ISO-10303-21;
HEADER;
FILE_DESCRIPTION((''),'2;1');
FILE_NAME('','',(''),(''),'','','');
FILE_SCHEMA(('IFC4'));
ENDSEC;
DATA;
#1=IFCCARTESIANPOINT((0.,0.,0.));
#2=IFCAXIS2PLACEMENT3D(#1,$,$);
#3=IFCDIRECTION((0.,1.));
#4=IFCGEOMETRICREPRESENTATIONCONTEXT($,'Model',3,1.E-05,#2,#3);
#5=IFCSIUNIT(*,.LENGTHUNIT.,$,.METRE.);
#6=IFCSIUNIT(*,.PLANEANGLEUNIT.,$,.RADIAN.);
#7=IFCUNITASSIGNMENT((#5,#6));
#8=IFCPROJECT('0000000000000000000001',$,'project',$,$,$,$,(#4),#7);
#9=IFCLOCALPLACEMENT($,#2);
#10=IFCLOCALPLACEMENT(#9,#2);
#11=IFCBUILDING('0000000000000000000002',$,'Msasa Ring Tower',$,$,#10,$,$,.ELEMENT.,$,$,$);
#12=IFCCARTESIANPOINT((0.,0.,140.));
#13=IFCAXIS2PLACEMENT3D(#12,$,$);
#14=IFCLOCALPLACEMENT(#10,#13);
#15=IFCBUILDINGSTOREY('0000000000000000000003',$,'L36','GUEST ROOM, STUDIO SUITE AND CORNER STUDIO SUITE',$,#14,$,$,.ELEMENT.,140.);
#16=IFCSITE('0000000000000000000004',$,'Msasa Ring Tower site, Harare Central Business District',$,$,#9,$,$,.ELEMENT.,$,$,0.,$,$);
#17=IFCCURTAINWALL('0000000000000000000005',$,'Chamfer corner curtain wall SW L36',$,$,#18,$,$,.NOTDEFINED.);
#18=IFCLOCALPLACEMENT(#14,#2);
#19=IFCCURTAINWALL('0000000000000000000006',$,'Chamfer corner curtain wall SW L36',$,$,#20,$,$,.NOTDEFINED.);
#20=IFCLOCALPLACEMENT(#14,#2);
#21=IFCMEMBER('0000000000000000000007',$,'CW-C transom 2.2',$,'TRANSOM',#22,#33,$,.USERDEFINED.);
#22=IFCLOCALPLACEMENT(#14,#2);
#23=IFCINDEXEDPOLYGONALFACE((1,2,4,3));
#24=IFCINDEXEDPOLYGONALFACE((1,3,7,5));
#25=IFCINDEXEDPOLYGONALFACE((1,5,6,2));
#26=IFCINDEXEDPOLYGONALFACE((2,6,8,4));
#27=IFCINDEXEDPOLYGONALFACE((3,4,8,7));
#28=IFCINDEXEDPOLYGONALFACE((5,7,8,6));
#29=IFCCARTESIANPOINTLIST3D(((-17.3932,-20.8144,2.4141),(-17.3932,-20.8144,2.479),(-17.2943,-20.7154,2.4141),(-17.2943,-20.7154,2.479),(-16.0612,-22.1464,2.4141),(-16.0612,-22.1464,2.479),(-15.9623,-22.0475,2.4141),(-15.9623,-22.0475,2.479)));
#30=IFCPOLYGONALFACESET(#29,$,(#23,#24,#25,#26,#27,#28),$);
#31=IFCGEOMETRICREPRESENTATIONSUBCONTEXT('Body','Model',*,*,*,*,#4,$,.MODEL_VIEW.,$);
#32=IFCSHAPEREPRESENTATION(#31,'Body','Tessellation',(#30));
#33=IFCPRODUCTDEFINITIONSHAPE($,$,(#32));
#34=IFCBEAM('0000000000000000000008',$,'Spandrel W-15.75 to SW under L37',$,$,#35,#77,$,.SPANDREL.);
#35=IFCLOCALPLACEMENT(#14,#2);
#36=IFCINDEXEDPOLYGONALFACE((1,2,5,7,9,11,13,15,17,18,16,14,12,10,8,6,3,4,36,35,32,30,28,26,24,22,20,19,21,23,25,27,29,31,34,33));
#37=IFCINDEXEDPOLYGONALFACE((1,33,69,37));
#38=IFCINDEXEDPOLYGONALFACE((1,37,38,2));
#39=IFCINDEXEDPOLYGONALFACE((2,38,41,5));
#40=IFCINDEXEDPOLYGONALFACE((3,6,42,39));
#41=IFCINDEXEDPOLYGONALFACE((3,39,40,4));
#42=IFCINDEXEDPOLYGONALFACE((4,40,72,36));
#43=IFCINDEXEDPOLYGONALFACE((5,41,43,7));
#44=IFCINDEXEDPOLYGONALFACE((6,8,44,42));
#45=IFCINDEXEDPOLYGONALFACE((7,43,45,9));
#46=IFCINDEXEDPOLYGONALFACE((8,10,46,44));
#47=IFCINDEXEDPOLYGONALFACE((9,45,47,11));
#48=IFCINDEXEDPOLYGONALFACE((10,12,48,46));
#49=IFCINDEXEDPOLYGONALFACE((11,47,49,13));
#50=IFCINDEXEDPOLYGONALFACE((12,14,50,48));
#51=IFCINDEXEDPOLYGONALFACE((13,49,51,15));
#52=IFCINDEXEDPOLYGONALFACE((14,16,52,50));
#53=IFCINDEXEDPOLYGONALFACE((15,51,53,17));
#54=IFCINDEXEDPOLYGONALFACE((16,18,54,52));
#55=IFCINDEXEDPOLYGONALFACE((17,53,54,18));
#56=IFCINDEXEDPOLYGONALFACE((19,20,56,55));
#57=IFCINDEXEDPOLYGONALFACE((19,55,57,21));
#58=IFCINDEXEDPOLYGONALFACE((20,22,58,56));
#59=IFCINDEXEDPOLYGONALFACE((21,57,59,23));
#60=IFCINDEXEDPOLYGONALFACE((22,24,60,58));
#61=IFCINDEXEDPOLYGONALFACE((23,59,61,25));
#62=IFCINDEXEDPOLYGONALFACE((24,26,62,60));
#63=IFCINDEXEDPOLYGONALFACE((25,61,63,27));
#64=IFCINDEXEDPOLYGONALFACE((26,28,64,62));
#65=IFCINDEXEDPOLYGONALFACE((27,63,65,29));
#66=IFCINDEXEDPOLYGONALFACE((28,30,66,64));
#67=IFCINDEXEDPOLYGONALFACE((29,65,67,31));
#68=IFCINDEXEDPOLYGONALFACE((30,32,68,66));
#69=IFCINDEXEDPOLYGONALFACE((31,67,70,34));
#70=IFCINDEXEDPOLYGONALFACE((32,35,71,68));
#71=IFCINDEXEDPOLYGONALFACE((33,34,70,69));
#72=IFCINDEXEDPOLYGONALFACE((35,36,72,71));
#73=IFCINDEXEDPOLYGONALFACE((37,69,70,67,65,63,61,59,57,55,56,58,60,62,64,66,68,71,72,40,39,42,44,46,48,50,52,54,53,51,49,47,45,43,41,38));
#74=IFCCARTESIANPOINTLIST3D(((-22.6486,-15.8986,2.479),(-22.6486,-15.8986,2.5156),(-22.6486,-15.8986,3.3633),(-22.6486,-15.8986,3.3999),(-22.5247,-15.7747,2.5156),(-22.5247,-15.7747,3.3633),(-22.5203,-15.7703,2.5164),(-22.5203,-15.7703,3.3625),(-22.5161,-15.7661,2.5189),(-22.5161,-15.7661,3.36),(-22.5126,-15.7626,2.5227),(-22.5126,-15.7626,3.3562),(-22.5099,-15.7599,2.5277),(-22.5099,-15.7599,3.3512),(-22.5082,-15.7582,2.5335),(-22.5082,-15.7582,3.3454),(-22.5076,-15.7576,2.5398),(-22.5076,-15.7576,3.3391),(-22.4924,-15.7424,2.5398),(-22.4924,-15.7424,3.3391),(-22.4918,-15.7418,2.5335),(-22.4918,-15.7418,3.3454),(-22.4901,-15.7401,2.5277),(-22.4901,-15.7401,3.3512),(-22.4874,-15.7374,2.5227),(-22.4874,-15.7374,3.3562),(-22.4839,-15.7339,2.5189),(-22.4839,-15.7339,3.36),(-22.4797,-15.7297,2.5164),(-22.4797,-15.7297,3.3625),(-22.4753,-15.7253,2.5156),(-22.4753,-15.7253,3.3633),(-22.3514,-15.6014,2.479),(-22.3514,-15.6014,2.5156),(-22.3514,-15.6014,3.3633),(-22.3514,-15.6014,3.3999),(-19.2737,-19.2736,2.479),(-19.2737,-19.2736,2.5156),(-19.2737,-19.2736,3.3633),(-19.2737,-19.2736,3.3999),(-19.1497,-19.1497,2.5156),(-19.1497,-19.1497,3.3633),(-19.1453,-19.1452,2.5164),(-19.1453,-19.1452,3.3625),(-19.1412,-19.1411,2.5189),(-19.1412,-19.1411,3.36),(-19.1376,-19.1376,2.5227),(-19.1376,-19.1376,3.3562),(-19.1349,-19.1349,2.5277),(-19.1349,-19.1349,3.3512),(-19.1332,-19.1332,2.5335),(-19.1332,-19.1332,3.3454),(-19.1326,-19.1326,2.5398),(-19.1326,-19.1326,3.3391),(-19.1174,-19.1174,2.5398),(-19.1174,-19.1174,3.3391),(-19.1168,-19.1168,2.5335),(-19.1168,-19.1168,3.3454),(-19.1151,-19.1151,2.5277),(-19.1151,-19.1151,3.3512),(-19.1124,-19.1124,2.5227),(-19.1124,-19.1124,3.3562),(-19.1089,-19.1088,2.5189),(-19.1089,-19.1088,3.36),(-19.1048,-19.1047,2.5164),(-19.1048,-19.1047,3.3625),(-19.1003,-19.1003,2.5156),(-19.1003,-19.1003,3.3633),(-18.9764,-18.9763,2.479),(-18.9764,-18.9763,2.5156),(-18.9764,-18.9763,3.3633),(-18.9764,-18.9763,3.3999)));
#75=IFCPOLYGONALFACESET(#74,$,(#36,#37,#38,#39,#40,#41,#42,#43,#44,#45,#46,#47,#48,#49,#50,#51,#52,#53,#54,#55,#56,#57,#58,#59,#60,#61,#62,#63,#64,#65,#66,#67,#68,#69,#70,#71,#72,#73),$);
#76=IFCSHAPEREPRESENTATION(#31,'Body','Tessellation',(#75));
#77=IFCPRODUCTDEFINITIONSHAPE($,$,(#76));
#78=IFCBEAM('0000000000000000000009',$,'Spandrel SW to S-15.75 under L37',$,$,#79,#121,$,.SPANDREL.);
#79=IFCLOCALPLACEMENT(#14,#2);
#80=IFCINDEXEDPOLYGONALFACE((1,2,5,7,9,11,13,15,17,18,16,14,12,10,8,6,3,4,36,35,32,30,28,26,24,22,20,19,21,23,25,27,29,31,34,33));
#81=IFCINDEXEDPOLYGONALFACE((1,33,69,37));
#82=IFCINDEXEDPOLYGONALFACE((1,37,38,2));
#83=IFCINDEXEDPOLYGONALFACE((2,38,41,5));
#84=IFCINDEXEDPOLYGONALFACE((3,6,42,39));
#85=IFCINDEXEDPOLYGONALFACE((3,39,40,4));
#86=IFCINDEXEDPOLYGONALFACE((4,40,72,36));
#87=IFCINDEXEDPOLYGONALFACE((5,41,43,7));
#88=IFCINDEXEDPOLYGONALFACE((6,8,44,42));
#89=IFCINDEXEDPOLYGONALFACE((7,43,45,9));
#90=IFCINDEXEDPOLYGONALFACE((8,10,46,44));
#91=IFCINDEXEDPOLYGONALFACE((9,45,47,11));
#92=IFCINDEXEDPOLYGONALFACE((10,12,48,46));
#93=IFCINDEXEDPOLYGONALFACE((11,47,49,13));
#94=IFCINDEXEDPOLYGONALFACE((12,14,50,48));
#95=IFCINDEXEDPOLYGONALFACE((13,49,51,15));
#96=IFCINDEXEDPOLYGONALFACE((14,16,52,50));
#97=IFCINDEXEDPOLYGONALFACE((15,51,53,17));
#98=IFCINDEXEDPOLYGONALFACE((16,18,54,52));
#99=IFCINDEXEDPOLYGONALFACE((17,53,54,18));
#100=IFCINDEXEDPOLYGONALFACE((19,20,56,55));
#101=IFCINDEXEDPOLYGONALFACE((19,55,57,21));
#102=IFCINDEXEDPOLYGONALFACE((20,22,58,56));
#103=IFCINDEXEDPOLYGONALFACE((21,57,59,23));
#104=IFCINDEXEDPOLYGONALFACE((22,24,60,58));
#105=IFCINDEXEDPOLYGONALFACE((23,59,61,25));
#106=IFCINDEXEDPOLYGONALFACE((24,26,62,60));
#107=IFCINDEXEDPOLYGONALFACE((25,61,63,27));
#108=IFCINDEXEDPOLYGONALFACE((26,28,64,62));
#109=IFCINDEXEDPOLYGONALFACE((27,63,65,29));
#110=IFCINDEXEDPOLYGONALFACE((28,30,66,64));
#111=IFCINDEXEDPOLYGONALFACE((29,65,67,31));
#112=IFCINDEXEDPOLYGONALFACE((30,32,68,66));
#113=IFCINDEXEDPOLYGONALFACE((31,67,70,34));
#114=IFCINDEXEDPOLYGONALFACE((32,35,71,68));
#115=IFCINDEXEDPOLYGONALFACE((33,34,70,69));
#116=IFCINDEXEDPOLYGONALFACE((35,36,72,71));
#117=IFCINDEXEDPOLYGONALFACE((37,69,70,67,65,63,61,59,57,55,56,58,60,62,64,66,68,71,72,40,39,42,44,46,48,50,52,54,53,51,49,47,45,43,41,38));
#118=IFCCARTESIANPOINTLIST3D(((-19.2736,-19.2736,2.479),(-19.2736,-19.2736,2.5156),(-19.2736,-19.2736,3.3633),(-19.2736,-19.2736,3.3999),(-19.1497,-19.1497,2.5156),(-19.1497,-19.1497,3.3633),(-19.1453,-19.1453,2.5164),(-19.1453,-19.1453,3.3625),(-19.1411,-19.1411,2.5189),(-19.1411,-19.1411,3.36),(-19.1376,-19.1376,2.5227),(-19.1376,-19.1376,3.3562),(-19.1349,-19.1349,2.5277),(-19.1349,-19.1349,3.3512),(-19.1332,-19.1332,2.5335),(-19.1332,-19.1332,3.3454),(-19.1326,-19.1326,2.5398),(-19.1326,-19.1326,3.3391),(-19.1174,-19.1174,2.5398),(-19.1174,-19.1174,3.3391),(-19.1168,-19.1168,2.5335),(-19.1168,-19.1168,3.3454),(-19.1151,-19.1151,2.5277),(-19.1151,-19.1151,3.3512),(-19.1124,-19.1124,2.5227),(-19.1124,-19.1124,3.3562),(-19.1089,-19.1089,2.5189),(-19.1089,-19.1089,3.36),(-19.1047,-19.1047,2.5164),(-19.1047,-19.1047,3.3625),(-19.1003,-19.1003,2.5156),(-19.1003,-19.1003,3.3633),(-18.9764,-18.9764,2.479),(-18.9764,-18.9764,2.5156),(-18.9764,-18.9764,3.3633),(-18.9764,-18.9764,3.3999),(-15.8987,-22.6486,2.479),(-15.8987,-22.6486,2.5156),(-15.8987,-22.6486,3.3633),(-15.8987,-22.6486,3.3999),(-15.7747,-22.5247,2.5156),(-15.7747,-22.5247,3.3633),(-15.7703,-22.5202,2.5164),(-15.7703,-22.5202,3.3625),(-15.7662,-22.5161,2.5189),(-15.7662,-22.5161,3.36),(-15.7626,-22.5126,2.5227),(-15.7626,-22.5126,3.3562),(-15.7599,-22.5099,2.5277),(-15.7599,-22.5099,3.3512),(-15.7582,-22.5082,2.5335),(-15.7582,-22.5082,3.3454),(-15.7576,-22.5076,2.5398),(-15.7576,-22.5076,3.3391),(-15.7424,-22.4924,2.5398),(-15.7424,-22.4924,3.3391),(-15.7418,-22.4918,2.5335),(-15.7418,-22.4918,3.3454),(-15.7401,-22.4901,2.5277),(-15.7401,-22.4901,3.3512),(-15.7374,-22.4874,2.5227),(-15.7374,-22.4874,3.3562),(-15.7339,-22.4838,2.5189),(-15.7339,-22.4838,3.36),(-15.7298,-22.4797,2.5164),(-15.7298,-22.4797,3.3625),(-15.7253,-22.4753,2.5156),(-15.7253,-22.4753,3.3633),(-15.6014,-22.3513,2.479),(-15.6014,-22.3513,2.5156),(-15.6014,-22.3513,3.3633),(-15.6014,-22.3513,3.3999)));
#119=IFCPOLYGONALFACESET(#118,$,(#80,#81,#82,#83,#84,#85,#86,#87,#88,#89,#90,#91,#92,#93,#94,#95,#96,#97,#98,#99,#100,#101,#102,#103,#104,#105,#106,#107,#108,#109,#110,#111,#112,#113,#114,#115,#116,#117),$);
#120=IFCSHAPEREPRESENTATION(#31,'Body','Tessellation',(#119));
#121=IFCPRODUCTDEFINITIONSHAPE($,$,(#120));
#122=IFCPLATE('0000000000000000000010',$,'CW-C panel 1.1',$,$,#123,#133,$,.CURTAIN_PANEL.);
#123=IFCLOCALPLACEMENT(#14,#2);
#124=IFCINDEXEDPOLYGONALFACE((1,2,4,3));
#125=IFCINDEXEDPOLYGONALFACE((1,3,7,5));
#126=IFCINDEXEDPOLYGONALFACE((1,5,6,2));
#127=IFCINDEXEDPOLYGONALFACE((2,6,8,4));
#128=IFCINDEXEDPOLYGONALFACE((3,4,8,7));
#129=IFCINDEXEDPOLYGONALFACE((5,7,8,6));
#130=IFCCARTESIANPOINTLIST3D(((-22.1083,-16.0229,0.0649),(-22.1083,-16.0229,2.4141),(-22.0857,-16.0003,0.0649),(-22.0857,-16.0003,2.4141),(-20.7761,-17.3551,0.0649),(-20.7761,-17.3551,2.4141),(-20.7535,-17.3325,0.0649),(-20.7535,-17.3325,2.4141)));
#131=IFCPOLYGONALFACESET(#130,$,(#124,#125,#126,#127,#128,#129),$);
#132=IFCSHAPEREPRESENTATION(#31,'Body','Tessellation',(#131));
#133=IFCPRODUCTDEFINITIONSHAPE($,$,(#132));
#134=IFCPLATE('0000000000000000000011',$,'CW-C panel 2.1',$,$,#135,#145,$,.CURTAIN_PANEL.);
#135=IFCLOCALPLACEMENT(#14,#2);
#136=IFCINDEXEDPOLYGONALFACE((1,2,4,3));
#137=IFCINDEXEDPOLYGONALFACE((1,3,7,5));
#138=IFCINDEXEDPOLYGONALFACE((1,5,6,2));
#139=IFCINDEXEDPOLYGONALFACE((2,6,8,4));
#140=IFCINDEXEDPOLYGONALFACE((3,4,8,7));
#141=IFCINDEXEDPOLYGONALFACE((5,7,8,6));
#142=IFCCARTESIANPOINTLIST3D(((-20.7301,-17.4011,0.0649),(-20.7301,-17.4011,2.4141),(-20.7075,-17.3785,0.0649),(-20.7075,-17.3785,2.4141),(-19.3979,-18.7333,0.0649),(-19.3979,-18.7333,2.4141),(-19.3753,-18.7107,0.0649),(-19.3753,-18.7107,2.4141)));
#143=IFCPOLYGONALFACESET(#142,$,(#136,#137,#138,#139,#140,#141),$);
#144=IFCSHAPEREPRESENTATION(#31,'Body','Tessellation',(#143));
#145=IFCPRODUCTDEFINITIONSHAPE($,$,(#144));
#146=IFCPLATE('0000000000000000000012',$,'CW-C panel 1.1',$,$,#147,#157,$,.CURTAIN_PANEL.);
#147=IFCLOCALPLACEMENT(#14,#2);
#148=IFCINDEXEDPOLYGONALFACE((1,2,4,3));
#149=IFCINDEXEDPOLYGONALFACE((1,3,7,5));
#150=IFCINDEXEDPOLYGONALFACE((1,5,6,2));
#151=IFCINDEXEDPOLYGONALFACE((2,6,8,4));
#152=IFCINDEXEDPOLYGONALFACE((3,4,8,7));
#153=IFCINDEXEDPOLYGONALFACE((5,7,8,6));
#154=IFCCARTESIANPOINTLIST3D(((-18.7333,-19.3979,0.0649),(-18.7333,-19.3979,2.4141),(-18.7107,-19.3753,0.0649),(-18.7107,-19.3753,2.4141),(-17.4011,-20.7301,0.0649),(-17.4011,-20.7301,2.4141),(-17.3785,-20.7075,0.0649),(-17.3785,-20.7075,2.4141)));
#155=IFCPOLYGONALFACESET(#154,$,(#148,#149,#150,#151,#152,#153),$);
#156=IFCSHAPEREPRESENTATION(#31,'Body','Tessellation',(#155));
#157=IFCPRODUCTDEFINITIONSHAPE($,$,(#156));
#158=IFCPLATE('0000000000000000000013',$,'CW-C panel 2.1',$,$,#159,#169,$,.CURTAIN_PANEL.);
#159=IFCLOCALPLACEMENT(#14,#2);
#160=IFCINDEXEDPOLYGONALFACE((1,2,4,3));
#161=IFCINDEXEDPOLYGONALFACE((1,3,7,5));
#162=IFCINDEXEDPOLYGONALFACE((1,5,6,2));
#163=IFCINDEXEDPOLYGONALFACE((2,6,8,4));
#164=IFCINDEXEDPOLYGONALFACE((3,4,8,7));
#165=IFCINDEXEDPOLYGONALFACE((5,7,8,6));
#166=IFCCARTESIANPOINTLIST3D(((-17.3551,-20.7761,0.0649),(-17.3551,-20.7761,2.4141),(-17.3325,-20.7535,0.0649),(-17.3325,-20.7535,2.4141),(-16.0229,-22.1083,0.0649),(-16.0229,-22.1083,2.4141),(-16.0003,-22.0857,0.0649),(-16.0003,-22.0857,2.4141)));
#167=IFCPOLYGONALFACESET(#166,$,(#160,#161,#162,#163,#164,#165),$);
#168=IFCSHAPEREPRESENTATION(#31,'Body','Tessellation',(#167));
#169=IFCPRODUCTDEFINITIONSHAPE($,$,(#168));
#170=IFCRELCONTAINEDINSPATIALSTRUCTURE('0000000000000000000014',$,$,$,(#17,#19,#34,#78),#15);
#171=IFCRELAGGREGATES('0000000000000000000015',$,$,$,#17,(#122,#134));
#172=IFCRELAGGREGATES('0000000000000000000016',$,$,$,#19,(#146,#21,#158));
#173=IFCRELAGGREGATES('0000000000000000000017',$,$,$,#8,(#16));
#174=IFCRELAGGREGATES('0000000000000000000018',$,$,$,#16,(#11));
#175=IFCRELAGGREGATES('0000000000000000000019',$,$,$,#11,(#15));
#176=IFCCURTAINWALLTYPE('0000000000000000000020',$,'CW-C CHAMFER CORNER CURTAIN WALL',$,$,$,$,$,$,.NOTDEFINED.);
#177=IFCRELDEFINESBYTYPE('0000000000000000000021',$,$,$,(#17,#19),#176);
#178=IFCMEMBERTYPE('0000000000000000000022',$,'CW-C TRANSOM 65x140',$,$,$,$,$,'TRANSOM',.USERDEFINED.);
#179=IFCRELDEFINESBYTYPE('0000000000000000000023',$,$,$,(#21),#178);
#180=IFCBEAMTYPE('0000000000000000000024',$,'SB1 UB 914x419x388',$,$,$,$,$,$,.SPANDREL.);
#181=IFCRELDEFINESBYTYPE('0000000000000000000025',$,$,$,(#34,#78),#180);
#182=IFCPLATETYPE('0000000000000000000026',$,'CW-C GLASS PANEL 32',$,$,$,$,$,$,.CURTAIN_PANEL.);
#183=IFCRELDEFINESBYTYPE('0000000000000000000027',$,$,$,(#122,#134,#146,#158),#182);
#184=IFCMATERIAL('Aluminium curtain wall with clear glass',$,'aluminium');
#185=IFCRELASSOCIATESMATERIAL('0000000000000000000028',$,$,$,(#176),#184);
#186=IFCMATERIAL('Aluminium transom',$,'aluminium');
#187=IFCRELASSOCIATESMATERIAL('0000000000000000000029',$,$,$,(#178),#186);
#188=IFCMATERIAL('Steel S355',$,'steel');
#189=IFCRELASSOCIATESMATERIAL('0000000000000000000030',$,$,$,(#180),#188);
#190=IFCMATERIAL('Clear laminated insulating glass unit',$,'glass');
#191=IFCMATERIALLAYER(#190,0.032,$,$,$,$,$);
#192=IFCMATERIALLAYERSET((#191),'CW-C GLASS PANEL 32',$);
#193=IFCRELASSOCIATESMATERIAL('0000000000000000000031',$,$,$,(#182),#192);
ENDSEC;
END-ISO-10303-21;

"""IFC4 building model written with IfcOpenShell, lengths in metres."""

from ifc_helpers import new_model, si_unit, direction, frame, origin, origin_2d, place, context, subcontext, project, spatial, rectangle, i_section, extrude, material, layer, layer_set, material_profile, profile_set, type_object, element, aggregate, save


model = new_model("IFC4")

# Units and contexts
model_context = context("Model", 3, precision=1e-05, world=origin(), true_north=direction((0.0, 1.0)))
body_context = subcontext(model_context, "Body", "Model", "MODEL_VIEW")
ifc_project = project(units=[si_unit("LENGTHUNIT", "METRE"), si_unit("PLANEANGLEUNIT", "RADIAN")], contexts=[model_context])

# Site, building, storey
site_placement = place(None, origin())
site = spatial("IfcSite", under=ifc_project, at=site_placement, Name="Msasa Ring Tower site, Harare Central Business District", CompositionType="ELEMENT", RefElevation=0.0)
building_placement = place(site_placement, origin())
building = spatial("IfcBuilding", under=site, at=building_placement, Name="Msasa Ring Tower", CompositionType="ELEMENT")
storey_placement = place(building_placement, frame((0.0, 0.0, 140.0)))
storey = spatial("IfcBuildingStorey", under=building, at=storey_placement, Name="L36", Description="GUEST ROOM, STUDIO SUITE AND CORNER STUDIO SUITE", CompositionType="ELEMENT", Elevation=140.0)

# Curtain walls
ifc_material_1 = material(Name="Aluminium curtain wall with clear glass", Category="aluminium")
curtain_wall_type = type_object("IfcCurtainWallType", Name="CW-C CHAMFER CORNER CURTAIN WALL", PredefinedType="NOTDEFINED", material=ifc_material_1)
curtain_wall_1_placement = place(storey_placement, origin())
curtain_wall_1 = element("IfcCurtainWall", 1, at=curtain_wall_1_placement, inside=storey, type_object=curtain_wall_type, Name="Chamfer corner curtain wall SW L36", PredefinedType="NOTDEFINED")
curtain_wall_2_placement = place(storey_placement, origin())
curtain_wall_2 = element("IfcCurtainWall", 2, at=curtain_wall_2_placement, inside=storey, type_object=curtain_wall_type, Name="Chamfer corner curtain wall SW L36", PredefinedType="NOTDEFINED")

# Member
ifc_material_2 = material(Name="Aluminium transom", Category="aluminium")
ifc_material_profile_1 = material_profile(ifc_material_2, rectangle(XDim=0.1399, YDim=0.0649, at=origin_2d()), Name="AL 65x140")
ifc_profile_set_1 = profile_set([ifc_material_profile_1], Name="Aluminium transom")
member_type_1 = type_object("IfcMemberType", Name="CW-C TRANSOM 65x140", ElementType="TRANSOM", PredefinedType="USERDEFINED", material=ifc_profile_set_1)
member_1_placement = place(storey_placement, frame((-17.3438, -20.7649, 2.4465), z_axis=(0.707107, -0.707107, 0.0), x_axis=(0.707107, 0.707107, 0.0)))
member_1 = element("IfcMember", 3, at=member_1_placement, type_object=member_type_1, Name="CW-C transom 2.2", ObjectType="TRANSOM", PredefinedType="USERDEFINED", context=body_context, shape_type="SweptSolid", body=[
    extrude(rectangle(XDim=0.1399, YDim=0.0649, at=origin_2d()), origin(), (0.0, 0.0, 1.0), 1.8838),
])

# Beams
ifc_material_3 = material(Name="Steel S355", Category="steel")
ifc_material_profile_2 = material_profile(ifc_material_3, i_section(OverallWidth=0.4204, OverallDepth=0.9209, WebThickness=0.0215, FlangeThickness=0.0366, FilletRadius=0.0242, at=origin_2d()), Name="UB 914x419x388")
ifc_profile_set_2 = profile_set([ifc_material_profile_2], Name="Steel S355")
beam_type = type_object("IfcBeamType", Name="SB1 UB 914x419x388", PredefinedType="SPANDREL", material=ifc_profile_set_2)
for number, where, z_axis, x_axis, name in (
    (4, (-22.5, -15.75, 2.9395), (0.707107, -0.707107, 0.0), (0.707107, 0.707107, 0.0), "Spandrel W-15.75 to SW under L37"),
    (5, (-19.125, -19.125, 2.9395), (0.707107, -0.707107, 0.0), (0.707107, 0.707107, 0.0), "Spandrel SW to S-15.75 under L37"),
):
    element("IfcBeam", number, at=place(storey_placement, frame(where, z_axis=z_axis, x_axis=x_axis)), inside=storey, type_object=beam_type, Name=name, PredefinedType="SPANDREL", context=body_context, shape_type="SweptSolid", body=[
        extrude(i_section(OverallWidth=0.4204, OverallDepth=0.9209, WebThickness=0.0215, FlangeThickness=0.0366, FilletRadius=0.0242, at=origin_2d()), origin(), (0.0, 0.0, 1.0), 4.7729),
    ])

# Plates
ifc_material_4 = material(Name="Clear laminated insulating glass unit", Category="glass")
ifc_layer_1 = layer(ifc_material_4, 0.032)
ifc_layer_set_1 = layer_set([ifc_layer_1], Name="CW-C GLASS PANEL 32")
plate_type = type_object("IfcPlateType", Name="CW-C GLASS PANEL 32", PredefinedType="CURTAIN_PANEL", material=ifc_layer_set_1)
plate_1_placement = place(storey_placement, frame((-21.4309, -16.6777, 0.0649), z_axis=(0.0, 0.0, 1.0), x_axis=(0.707107, -0.707107, 0.0)))
plate_1 = element("IfcPlate", 6, at=plate_1_placement, type_object=plate_type, Name="CW-C panel 1.1", PredefinedType="CURTAIN_PANEL", context=body_context, shape_type="SweptSolid", body=[
    extrude(rectangle(XDim=1.884, YDim=0.032, at=origin_2d()), origin(), (0.0, 0.0, 1.0), 2.3491),
])
plate_2_placement = place(storey_placement, frame((-20.0527, -18.0559, 0.0649), z_axis=(0.0, 0.0, 1.0), x_axis=(0.707107, -0.707107, 0.0)))
plate_2 = element("IfcPlate", 7, at=plate_2_placement, type_object=plate_type, Name="CW-C panel 2.1", PredefinedType="CURTAIN_PANEL", context=body_context, shape_type="SweptSolid", body=[
    extrude(rectangle(XDim=1.884, YDim=0.032, at=origin_2d()), origin(), (0.0, 0.0, 1.0), 2.3491),
])
aggregate(curtain_wall_1, [plate_1, plate_2])
plate_3_placement = place(storey_placement, frame((-18.0559, -20.0527, 0.0649), z_axis=(0.0, 0.0, 1.0), x_axis=(0.707107, -0.707107, 0.0)))
plate_3 = element("IfcPlate", 8, at=plate_3_placement, type_object=plate_type, Name="CW-C panel 1.1", PredefinedType="CURTAIN_PANEL", context=body_context, shape_type="SweptSolid", body=[
    extrude(rectangle(XDim=1.884, YDim=0.032, at=origin_2d()), origin(), (0.0, 0.0, 1.0), 2.3491),
])
plate_4_placement = place(storey_placement, frame((-16.6777, -21.4309, 0.0649), z_axis=(0.0, 0.0, 1.0), x_axis=(0.707107, -0.707107, 0.0)))
plate_4 = element("IfcPlate", 9, at=plate_4_placement, type_object=plate_type, Name="CW-C panel 2.1", PredefinedType="CURTAIN_PANEL", context=body_context, shape_type="SweptSolid", body=[
    extrude(rectangle(XDim=1.884, YDim=0.032, at=origin_2d()), origin(), (0.0, 0.0, 1.0), 2.3491),
])
aggregate(curtain_wall_2, [plate_3, member_1, plate_4])

save(model, "model.ifc")
